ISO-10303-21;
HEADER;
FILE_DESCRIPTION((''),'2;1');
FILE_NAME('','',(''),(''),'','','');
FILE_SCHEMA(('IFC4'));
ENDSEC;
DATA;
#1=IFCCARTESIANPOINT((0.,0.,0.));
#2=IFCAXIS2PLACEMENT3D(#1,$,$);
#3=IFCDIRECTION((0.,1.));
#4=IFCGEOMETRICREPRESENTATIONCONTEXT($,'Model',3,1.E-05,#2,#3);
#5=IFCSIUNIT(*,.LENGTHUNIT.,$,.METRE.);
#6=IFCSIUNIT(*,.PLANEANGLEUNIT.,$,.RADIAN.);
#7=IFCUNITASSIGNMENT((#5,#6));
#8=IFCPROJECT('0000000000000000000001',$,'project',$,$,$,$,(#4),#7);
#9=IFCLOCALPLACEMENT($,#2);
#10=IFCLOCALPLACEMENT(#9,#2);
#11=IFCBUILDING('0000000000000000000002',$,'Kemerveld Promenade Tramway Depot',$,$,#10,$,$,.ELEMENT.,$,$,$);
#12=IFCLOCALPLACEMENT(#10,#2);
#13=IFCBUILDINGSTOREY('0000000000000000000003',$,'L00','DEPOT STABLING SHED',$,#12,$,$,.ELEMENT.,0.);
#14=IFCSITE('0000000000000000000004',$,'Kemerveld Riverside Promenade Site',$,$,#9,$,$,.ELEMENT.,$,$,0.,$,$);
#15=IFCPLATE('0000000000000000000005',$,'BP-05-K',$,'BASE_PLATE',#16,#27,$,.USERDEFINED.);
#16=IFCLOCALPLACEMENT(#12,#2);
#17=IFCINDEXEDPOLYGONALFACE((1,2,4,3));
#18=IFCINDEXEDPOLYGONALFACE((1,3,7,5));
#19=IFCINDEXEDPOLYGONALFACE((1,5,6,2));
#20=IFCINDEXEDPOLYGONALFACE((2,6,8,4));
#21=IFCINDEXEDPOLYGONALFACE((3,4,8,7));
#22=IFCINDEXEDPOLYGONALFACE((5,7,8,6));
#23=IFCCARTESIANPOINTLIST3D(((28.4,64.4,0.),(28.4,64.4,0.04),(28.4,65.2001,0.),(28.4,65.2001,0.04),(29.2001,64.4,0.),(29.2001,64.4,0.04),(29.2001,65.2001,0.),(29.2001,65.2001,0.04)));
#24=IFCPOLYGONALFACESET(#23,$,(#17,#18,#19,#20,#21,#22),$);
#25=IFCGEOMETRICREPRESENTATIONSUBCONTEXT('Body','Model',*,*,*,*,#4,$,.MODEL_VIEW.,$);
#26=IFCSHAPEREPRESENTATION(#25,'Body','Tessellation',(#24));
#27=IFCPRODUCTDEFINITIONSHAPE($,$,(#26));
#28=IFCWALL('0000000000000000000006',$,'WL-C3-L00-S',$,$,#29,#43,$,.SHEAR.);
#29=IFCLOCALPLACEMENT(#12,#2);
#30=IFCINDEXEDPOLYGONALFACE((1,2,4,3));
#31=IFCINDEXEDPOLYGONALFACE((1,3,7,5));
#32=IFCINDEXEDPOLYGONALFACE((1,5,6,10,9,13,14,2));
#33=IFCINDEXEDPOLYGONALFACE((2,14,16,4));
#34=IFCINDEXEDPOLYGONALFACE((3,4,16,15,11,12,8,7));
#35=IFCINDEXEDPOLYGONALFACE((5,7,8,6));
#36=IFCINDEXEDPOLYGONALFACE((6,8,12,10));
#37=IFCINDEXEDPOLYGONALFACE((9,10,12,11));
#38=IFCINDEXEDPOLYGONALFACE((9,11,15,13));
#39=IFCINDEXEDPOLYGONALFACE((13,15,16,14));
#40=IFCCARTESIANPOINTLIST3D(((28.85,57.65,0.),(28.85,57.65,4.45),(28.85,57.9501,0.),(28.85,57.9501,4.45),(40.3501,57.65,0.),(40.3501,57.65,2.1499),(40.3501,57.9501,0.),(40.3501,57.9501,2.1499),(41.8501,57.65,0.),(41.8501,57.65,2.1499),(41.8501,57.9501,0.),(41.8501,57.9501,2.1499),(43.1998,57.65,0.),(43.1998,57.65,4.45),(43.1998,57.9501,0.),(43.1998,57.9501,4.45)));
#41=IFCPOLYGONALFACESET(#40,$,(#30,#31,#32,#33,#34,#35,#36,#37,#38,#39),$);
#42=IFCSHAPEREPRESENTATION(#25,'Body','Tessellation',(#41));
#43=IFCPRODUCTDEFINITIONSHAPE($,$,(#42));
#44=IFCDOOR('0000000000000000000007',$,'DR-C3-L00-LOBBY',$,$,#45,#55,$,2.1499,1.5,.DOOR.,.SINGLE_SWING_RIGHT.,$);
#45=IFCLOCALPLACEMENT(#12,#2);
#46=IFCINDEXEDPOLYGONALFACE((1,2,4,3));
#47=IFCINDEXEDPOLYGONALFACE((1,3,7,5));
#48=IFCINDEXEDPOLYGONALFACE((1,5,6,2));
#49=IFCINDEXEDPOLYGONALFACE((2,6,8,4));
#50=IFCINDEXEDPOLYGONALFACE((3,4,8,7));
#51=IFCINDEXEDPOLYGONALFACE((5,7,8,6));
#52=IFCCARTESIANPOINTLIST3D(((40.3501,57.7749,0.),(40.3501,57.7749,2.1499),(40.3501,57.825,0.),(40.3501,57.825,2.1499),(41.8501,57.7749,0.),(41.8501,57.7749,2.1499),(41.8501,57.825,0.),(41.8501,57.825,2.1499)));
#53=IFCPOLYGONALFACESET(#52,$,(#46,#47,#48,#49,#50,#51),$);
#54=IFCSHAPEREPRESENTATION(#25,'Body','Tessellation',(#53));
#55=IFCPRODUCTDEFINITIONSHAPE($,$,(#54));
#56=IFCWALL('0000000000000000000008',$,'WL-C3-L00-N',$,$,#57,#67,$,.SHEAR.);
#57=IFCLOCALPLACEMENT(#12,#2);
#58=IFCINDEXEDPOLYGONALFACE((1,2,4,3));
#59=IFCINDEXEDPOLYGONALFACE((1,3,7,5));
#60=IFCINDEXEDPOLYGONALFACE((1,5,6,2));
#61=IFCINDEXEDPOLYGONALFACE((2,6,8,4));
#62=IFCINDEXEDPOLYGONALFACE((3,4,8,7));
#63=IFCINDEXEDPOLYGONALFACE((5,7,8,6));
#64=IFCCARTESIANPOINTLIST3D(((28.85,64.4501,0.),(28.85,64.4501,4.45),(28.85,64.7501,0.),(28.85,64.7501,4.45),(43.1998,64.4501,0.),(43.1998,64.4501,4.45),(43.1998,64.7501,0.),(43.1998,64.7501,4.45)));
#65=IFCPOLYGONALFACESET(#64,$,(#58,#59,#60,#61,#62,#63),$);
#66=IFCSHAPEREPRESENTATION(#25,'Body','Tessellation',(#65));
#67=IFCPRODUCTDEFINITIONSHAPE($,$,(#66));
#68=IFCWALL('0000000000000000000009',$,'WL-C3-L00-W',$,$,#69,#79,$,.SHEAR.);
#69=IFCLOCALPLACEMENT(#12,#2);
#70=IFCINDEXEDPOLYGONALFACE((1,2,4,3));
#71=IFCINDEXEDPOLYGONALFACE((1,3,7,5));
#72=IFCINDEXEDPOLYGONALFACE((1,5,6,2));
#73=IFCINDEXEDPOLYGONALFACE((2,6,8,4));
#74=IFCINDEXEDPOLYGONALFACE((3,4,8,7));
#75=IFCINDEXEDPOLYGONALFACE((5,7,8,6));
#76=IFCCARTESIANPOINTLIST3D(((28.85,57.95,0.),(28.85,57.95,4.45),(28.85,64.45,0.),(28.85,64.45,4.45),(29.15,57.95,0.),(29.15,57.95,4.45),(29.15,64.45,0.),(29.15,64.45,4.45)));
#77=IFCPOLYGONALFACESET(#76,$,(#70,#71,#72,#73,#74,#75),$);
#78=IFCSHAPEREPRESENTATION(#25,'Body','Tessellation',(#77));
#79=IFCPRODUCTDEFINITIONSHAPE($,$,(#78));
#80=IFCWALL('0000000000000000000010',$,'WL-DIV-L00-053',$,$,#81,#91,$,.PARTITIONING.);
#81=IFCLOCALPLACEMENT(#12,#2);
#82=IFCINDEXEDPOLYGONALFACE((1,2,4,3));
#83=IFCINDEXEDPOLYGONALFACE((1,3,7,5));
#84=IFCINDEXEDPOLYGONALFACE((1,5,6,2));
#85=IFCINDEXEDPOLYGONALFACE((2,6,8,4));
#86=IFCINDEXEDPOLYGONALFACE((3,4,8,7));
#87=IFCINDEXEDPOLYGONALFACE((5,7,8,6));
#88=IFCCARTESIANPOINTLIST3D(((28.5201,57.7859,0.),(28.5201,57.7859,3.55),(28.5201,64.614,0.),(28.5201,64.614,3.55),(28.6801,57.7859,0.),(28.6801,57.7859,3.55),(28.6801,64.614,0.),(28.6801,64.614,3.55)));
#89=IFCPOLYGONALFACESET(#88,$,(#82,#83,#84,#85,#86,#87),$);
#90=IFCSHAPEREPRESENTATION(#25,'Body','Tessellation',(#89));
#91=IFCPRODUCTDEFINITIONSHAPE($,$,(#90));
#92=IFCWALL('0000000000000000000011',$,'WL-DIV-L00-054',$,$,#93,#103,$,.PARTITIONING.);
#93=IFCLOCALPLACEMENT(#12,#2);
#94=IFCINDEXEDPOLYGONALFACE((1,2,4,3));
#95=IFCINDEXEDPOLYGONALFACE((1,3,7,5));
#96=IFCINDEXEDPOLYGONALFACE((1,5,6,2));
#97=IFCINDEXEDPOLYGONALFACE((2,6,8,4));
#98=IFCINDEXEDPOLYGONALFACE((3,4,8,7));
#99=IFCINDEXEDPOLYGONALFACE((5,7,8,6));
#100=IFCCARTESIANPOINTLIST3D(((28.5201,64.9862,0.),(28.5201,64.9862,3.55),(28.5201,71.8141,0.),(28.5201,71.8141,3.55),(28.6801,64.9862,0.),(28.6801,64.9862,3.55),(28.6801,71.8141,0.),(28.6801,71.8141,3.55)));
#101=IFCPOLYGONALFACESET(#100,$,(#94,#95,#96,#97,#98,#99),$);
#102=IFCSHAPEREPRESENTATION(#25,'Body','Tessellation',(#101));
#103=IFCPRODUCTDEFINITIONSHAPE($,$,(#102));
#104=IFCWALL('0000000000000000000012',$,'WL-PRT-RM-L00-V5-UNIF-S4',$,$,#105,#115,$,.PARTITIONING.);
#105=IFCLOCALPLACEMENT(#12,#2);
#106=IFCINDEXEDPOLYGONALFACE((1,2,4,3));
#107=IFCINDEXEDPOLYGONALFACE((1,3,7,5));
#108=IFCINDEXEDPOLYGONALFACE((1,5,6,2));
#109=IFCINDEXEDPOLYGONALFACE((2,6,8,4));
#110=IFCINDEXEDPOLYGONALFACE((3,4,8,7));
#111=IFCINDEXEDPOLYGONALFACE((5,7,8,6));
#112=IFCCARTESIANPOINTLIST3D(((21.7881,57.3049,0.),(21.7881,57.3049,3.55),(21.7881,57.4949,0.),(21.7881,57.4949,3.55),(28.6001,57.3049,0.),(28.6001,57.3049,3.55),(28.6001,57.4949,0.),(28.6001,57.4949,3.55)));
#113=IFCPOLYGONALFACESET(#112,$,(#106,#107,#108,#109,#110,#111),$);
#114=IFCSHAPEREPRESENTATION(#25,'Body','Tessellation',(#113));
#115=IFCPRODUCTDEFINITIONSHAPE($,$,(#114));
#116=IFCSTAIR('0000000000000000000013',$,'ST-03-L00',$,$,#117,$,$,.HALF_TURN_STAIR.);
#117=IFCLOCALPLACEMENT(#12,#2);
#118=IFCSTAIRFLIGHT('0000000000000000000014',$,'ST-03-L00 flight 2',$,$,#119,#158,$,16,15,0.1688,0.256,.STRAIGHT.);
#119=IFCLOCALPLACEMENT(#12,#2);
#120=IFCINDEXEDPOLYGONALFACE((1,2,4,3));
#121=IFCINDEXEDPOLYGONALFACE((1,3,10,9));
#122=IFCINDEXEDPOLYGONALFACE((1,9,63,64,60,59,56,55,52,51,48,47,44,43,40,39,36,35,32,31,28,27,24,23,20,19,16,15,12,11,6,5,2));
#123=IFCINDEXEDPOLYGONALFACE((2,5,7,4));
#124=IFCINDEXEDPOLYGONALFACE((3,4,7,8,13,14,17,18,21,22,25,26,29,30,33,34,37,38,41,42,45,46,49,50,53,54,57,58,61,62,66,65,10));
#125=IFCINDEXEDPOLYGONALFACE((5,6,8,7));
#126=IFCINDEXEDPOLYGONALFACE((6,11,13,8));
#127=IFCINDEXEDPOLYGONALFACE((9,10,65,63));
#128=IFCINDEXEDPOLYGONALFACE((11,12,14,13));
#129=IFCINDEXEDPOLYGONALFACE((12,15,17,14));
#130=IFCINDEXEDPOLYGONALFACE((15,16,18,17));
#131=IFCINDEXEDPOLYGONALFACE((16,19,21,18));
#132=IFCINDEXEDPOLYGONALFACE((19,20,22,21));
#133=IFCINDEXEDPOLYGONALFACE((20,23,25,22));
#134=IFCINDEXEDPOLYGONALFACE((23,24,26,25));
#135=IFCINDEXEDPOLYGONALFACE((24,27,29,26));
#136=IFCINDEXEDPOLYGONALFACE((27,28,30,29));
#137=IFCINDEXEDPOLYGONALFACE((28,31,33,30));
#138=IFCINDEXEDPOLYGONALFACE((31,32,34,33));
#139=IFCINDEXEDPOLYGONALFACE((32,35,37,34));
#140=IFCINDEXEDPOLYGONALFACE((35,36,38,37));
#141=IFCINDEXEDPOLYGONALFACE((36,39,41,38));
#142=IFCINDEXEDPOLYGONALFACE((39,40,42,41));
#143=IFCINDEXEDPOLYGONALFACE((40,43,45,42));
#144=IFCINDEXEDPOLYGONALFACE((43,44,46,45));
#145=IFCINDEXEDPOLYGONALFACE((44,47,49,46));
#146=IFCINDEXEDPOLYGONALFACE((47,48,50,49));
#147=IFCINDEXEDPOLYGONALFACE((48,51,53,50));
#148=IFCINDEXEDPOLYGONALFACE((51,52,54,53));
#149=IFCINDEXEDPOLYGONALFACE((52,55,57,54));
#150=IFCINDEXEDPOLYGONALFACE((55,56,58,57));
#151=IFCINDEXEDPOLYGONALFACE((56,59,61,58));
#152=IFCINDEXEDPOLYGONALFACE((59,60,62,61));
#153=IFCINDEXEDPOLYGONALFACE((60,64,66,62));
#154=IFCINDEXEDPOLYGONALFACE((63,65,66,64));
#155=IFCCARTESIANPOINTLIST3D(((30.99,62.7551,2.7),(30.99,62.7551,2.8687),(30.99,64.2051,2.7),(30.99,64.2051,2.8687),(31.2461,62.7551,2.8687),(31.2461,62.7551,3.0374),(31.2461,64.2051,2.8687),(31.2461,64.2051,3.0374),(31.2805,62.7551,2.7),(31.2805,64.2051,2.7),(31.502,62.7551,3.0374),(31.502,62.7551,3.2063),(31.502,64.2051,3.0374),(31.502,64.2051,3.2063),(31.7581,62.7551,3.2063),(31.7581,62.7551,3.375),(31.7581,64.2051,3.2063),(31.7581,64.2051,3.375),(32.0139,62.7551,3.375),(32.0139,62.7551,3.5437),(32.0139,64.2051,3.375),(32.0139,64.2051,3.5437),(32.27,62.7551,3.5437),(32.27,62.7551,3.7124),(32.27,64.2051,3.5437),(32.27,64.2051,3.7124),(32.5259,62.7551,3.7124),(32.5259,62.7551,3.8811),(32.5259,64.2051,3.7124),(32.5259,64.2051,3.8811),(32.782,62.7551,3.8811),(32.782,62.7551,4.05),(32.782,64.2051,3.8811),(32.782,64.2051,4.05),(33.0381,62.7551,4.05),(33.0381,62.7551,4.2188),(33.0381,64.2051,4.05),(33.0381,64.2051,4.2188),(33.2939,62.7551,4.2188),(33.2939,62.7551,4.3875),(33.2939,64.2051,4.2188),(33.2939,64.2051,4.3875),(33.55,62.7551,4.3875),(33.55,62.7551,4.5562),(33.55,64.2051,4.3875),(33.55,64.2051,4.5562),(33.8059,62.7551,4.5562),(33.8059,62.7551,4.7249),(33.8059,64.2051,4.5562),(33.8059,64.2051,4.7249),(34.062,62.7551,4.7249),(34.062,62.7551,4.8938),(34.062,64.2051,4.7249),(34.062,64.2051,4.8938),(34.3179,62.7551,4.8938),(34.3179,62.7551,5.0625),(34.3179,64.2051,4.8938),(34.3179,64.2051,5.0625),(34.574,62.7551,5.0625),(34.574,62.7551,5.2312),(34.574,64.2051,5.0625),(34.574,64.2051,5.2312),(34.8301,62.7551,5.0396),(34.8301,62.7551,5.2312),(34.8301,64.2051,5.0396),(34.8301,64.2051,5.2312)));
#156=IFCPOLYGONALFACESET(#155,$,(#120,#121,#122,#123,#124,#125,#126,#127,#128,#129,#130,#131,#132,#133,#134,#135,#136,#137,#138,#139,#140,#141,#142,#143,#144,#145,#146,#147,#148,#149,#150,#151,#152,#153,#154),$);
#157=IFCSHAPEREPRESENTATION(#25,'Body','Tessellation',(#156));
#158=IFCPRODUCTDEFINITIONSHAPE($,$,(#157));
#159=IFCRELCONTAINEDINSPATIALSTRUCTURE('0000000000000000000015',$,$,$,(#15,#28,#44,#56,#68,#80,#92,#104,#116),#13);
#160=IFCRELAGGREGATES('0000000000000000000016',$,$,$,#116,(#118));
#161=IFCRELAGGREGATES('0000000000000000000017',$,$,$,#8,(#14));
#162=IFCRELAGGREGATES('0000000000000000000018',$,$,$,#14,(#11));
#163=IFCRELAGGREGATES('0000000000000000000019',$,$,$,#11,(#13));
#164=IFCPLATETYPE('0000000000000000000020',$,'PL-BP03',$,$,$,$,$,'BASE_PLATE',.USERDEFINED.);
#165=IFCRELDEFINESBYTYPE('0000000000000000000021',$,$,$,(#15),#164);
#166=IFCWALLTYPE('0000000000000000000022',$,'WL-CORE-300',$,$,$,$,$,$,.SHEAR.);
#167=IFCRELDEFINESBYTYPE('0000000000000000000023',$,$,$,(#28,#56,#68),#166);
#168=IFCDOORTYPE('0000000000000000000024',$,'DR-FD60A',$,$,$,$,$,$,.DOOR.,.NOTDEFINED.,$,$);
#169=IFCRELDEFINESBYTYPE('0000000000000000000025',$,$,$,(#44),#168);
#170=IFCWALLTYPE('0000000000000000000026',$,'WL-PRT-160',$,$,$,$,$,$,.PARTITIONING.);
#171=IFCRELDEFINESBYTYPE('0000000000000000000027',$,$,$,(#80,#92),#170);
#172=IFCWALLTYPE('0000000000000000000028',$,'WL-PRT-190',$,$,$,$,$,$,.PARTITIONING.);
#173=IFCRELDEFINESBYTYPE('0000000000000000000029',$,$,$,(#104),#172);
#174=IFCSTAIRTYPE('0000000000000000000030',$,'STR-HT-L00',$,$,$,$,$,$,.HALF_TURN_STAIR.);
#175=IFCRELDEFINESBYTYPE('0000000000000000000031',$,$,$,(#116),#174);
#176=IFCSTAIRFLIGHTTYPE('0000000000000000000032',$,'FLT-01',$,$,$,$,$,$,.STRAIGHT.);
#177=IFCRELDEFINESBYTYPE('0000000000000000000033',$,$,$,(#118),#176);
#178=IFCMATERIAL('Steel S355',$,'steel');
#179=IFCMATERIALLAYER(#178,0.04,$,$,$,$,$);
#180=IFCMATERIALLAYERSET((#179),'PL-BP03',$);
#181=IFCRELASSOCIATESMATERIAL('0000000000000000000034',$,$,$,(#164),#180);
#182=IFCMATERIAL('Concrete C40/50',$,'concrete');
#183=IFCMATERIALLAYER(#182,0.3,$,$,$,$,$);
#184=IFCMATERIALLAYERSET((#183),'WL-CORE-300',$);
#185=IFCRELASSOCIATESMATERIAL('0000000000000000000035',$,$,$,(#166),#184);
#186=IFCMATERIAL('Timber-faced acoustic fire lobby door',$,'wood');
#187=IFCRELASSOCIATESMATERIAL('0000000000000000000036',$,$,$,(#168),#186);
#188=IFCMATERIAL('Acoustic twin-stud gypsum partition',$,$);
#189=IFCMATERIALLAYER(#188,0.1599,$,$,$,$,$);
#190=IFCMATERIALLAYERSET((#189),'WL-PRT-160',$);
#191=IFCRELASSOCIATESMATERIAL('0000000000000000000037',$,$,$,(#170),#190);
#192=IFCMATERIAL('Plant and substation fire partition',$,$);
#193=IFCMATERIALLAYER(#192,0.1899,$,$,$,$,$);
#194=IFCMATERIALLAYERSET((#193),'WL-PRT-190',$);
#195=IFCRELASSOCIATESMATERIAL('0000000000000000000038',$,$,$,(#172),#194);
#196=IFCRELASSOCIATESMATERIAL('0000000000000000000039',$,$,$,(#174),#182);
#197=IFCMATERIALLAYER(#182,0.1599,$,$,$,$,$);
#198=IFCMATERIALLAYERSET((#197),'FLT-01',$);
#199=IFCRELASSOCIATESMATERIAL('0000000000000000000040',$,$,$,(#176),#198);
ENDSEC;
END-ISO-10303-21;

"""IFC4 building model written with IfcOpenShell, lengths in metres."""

from ifc_helpers import new_model, si_unit, direction, frame, frame_2d, origin, origin_2d, place, context, subcontext, project, spatial, polyline, rectangle, outline, extrude, material, layer, layer_set, type_object, element, fill, aggregate, save


model = new_model("IFC4")

# Units and contexts
model_context = context("Model", 3, precision=1e-05, world=origin(), true_north=direction((0.0, 1.0)))
body_context = subcontext(model_context, "Body", "Model", "MODEL_VIEW")
ifc_project = project(units=[si_unit("LENGTHUNIT", "METRE"), si_unit("PLANEANGLEUNIT", "RADIAN")], contexts=[model_context])

# Site, building, storey
site_placement = place(None, origin())
site = spatial("IfcSite", under=ifc_project, at=site_placement, Name="Kemerveld Riverside Promenade Site", CompositionType="ELEMENT", RefElevation=0.0)
building_placement = place(site_placement, origin())
building = spatial("IfcBuilding", under=site, at=building_placement, Name="Kemerveld Promenade Tramway Depot", CompositionType="ELEMENT")
storey_placement = place(building_placement, origin())
storey = spatial("IfcBuildingStorey", under=building, at=storey_placement, Name="L00", Description="DEPOT STABLING SHED", CompositionType="ELEMENT", Elevation=0.0)

# Shared definitions
ifc_material_1 = material(Name="Steel S355", Category="steel")

# Plate
ifc_layer_1 = layer(ifc_material_1, 0.04)
ifc_layer_set_1 = layer_set([ifc_layer_1], Name="PL-BP03")
plate_type = type_object("IfcPlateType", Name="PL-BP03", ElementType="BASE_PLATE", PredefinedType="USERDEFINED", material=ifc_layer_set_1)
plate_placement = place(storey_placement, frame((28.8, 64.8, 0.0), z_axis=(0.0, 0.0, 1.0), x_axis=(1.0, 0.0, 0.0)))
element("IfcPlate", 1, at=plate_placement, inside=storey, type_object=plate_type, Name="BP-05-K", ObjectType="BASE_PLATE", PredefinedType="USERDEFINED", context=body_context, shape_type="SweptSolid", body=[
    extrude(rectangle(XDim=0.8, YDim=0.8, at=origin_2d()), origin(), (0.0, 0.0, 1.0), 0.04),
])

# Wall, opening, door
ifc_material_2 = material(Name="Concrete C40/50", Category="concrete")
ifc_layer_2 = layer(ifc_material_2, 0.3)
ifc_layer_set_2 = layer_set([ifc_layer_2], Name="WL-CORE-300")
wall_type_1 = type_object("IfcWallType", Name="WL-CORE-300", PredefinedType="SHEAR", material=ifc_layer_set_2)
wall_1_placement = place(storey_placement, frame((28.8501, 57.8, 0.0), z_axis=(0.0, 0.0, 1.0), x_axis=(1.0, 0.0, 0.0)))
wall_1 = element("IfcWall", 2, at=wall_1_placement, inside=storey, type_object=wall_type_1, Name="WL-C3-L00-S", PredefinedType="SHEAR", context=body_context, shape_type="SweptSolid", body=[
    extrude(rectangle(XDim=14.3499, YDim=0.3, at=frame_2d((7.1748, 0.0))), origin(), (0.0, 0.0, 1.0), 4.45),
])
opening_placement = place(wall_1_placement, frame((11.5, 0.0, 0.0)))
opening = element("IfcOpeningElement", 3, at=opening_placement, cuts=wall_1, PredefinedType="OPENING", context=body_context, shape_type="SweptSolid", body=[
    extrude(rectangle(XDim=1.5, YDim=2.1499, at=frame_2d((0.75, 1.075))), frame((0.0, 0.1599, 0.0), z_axis=(0.0, -1.0, 0.0), x_axis=(1.0, 0.0, 0.0)), (0.0, 0.0, 1.0), 0.3201),
])
ifc_material_3 = material(Name="Timber-faced acoustic fire lobby door", Category="wood")
door_type = type_object("IfcDoorType", Name="DR-FD60A", OperationType="NOTDEFINED", PredefinedType="DOOR", material=ifc_material_3)
door_placement = place(opening_placement, origin())
door = element("IfcDoor", 4, at=door_placement, inside=storey, type_object=door_type, Name="DR-C3-L00-LOBBY", OperationType="SINGLE_SWING_RIGHT", OverallHeight=2.1499, OverallWidth=1.5, PredefinedType="DOOR", context=body_context, shape_type="SweptSolid", body=[
    extrude(rectangle(XDim=1.5, YDim=2.1499, at=frame_2d((0.75, 1.075))), frame((0.0, 0.0249, 0.0), z_axis=(0.0, -1.0, 0.0), x_axis=(1.0, 0.0, 0.0)), (0.0, 0.0, 1.0), 0.05),
])
fill(opening, door)

# Walls
wall_2_placement = place(storey_placement, frame((28.8501, 64.6001, 0.0), z_axis=(0.0, 0.0, 1.0), x_axis=(1.0, 0.0, 0.0)))
element("IfcWall", 5, at=wall_2_placement, inside=storey, type_object=wall_type_1, Name="WL-C3-L00-N", PredefinedType="SHEAR", context=body_context, shape_type="SweptSolid", body=[
    extrude(rectangle(XDim=14.3499, YDim=0.3, at=frame_2d((7.1748, 0.0))), origin(), (0.0, 0.0, 1.0), 4.45),
])
wall_3_placement = place(storey_placement, frame((29.0, 57.95, 0.0), z_axis=(0.0, 0.0, 1.0), x_axis=(0.0, 1.0, 0.0)))
element("IfcWall", 6, at=wall_3_placement, inside=storey, type_object=wall_type_1, Name="WL-C3-L00-W", PredefinedType="SHEAR", context=body_context, shape_type="SweptSolid", body=[
    extrude(rectangle(XDim=6.5, YDim=0.3, at=frame_2d((3.25, 0.0))), origin(), (0.0, 0.0, 1.0), 4.45),
])
ifc_material_4 = material(Name="Acoustic twin-stud gypsum partition")
ifc_layer_3 = layer(ifc_material_4, 0.1599)
ifc_layer_set_3 = layer_set([ifc_layer_3], Name="WL-PRT-160")
wall_type_2 = type_object("IfcWallType", Name="WL-PRT-160", PredefinedType="PARTITIONING", material=ifc_layer_set_3)
wall_4_placement = place(storey_placement, frame((28.6001, 57.7859, 0.0), z_axis=(0.0, 0.0, 1.0), x_axis=(0.0, 1.0, 0.0)))
element("IfcWall", 7, at=wall_4_placement, inside=storey, type_object=wall_type_2, Name="WL-DIV-L00-053", PredefinedType="PARTITIONING", context=body_context, shape_type="SweptSolid", body=[
    extrude(rectangle(XDim=6.8281, YDim=0.1599, at=frame_2d((3.4141, 0.0))), origin(), (0.0, 0.0, 1.0), 3.55),
])
wall_5_placement = place(storey_placement, frame((28.6001, 64.9861, 0.0), z_axis=(0.0, 0.0, 1.0), x_axis=(0.0, 1.0, 0.0)))
element("IfcWall", 8, at=wall_5_placement, inside=storey, type_object=wall_type_2, Name="WL-DIV-L00-054", PredefinedType="PARTITIONING", context=body_context, shape_type="SweptSolid", body=[
    extrude(rectangle(XDim=6.8279, YDim=0.1599, at=frame_2d((3.4141, 0.0))), origin(), (0.0, 0.0, 1.0), 3.55),
])
ifc_material_5 = material(Name="Plant and substation fire partition")
ifc_layer_4 = layer(ifc_material_5, 0.1899)
ifc_layer_set_4 = layer_set([ifc_layer_4], Name="WL-PRT-190")
wall_type_3 = type_object("IfcWallType", Name="WL-PRT-190", PredefinedType="PARTITIONING", material=ifc_layer_set_4)
wall_6_placement = place(storey_placement, frame((21.7881, 57.3999, 0.0), z_axis=(0.0, 0.0, 1.0), x_axis=(1.0, 0.0, 0.0)))
element("IfcWall", 9, at=wall_6_placement, inside=storey, type_object=wall_type_3, Name="WL-PRT-RM-L00-V5-UNIF-S4", PredefinedType="PARTITIONING", context=body_context, shape_type="SweptSolid", body=[
    extrude(rectangle(XDim=6.812, YDim=0.1899, at=frame_2d((3.406, 0.0))), origin(), (0.0, 0.0, 1.0), 3.55),
])

# Stair, stair flight
stair_type = type_object("IfcStairType", Name="STR-HT-L00", PredefinedType="HALF_TURN_STAIR", material=ifc_material_2)
stair_placement = place(storey_placement, origin())
stair = element("IfcStair", 10, at=stair_placement, inside=storey, type_object=stair_type, Name="ST-03-L00", PredefinedType="HALF_TURN_STAIR")
ifc_layer_5 = layer(ifc_material_2, 0.1599)
ifc_layer_set_5 = layer_set([ifc_layer_5], Name="FLT-01")
stair_flight_type = type_object("IfcStairFlightType", Name="FLT-01", PredefinedType="STRAIGHT", material=ifc_layer_set_5)
stair_flight_placement = place(storey_placement, frame((30.99, 63.48, 2.7), z_axis=(0.0, 0.0, 1.0), x_axis=(1.0, 0.0, 0.0)))
stair_flight = element("IfcStairFlight", 11, at=stair_flight_placement, type_object=stair_flight_type, Name="ST-03-L00 flight 2", NumberOfRisers=16, NumberOfTreads=15, PredefinedType="STRAIGHT", RiserHeight=0.1688, TreadLength=0.256, context=body_context, shape_type="SweptSolid", body=[
    extrude(outline(polyline([(0.0, 0.0), (0.0, 0.1687), (0.2561, 0.1687), (0.2561, 0.3374), (0.512, 0.3374), (0.512, 0.5063), (0.7681, 0.5063), (0.7681, 0.675), (1.0239, 0.675), (1.0239, 0.8438), (1.28, 0.8438), (1.28, 1.0125), (1.5359, 1.0125), (1.5359, 1.1812), (1.792, 1.1812), (1.792, 1.3501), (2.0481, 1.3501), (2.0481, 1.5188), (2.304, 1.5188), (2.304, 1.6875), (2.5601, 1.6875), (2.5601, 1.8562), (2.8159, 1.8562), (2.8159, 2.0249), (3.072, 2.0249), (3.072, 2.1938), (3.3279, 2.1938), (3.3279, 2.3625), (3.584, 2.3625), (3.584, 2.5312), (3.8401, 2.5312), (3.8401, 2.7), (3.8401, 2.3396), (0.2905, 0.0), (0.0, 0.0)])), frame((0.0, 0.7251, 0.0), z_axis=(0.0, -1.0, 0.0), x_axis=(1.0, 0.0, 0.0)), (0.0, 0.0, 1.0), 1.45),
])
aggregate(stair, [stair_flight])

save(model, "model.ifc")
